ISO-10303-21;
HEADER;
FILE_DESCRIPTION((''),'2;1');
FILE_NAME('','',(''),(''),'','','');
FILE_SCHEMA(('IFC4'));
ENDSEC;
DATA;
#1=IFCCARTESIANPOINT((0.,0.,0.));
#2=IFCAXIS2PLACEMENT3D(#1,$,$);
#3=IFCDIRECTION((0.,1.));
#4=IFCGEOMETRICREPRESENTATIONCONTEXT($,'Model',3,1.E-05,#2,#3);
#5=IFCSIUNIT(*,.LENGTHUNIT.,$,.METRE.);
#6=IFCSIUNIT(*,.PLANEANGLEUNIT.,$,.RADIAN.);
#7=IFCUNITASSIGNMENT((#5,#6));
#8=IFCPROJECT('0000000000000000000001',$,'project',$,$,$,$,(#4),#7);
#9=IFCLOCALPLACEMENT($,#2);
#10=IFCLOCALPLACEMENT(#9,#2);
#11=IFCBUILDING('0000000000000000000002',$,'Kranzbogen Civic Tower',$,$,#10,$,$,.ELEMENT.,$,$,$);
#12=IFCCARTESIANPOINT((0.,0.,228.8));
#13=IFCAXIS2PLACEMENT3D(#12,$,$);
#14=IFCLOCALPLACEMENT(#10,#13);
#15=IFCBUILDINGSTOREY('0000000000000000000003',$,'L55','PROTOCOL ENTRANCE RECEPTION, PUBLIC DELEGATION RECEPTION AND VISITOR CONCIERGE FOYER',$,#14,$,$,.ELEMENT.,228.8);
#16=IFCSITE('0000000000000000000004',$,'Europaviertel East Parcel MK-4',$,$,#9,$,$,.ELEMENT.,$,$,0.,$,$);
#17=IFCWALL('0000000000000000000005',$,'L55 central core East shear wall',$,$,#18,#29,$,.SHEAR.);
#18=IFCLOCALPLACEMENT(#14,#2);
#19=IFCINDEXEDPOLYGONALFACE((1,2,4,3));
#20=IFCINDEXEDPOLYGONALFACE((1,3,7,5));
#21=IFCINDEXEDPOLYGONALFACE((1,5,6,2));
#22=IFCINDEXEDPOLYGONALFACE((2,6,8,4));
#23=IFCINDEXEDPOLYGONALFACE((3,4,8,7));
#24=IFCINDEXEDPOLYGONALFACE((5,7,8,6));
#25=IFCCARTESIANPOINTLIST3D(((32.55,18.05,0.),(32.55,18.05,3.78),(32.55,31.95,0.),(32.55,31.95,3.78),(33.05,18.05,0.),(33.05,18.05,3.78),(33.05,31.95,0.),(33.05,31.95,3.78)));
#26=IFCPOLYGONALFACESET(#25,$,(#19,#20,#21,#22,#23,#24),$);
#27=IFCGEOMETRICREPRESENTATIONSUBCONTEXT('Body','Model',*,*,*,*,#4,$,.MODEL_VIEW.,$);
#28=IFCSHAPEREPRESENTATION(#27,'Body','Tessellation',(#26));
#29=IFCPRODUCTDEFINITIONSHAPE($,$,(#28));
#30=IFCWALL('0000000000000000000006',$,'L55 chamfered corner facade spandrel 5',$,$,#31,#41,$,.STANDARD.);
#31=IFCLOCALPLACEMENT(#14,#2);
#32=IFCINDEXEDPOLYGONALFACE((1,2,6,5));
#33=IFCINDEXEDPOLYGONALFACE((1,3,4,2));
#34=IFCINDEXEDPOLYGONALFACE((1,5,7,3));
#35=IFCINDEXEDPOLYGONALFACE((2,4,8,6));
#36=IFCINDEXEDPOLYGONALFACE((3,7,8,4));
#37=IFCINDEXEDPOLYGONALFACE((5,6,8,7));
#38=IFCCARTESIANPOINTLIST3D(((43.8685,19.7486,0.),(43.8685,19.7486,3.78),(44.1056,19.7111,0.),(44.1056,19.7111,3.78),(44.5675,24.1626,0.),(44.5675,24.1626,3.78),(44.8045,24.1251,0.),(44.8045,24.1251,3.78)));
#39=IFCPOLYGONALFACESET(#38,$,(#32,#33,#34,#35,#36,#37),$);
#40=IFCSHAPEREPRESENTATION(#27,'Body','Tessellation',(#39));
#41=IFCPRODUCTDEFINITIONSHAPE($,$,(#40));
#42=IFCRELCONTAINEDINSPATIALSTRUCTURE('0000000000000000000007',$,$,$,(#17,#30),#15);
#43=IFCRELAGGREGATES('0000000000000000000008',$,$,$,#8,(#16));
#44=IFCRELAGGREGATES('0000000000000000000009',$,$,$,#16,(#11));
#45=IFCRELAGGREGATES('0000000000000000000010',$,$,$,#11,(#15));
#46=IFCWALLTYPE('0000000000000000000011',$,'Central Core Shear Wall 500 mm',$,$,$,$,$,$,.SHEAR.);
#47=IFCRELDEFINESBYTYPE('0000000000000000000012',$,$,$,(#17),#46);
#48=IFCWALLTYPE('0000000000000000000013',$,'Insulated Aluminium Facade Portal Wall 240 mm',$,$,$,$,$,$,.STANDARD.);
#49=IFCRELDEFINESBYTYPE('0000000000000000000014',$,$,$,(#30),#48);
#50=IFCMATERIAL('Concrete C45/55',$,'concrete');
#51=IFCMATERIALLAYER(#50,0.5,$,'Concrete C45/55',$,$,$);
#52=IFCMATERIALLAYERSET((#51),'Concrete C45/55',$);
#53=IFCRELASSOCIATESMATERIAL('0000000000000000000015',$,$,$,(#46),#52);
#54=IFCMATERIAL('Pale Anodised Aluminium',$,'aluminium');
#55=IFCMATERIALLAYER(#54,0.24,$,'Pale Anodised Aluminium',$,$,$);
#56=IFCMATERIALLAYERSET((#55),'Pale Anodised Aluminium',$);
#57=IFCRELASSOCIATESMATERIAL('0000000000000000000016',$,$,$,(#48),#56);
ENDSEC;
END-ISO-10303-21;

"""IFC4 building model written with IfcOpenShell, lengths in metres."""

from ifc_helpers import new_model, si_unit, direction, frame, frame_2d, origin, place, context, subcontext, project, spatial, rectangle, extrude, material, layer, layer_set, type_object, element, save


model = new_model("IFC4")

# Units and contexts
model_context = context("Model", 3, precision=1e-05, world=origin(), true_north=direction((0.0, 1.0)))
body_context = subcontext(model_context, "Body", "Model", "MODEL_VIEW")
ifc_project = project(units=[si_unit("LENGTHUNIT", "METRE"), si_unit("PLANEANGLEUNIT", "RADIAN")], contexts=[model_context])

# Site, building, storey
site_placement = place(None, origin())
site = spatial("IfcSite", under=ifc_project, at=site_placement, Name="Europaviertel East Parcel MK-4", CompositionType="ELEMENT", RefElevation=0.0)
building_placement = place(site_placement, origin())
building = spatial("IfcBuilding", under=site, at=building_placement, Name="Kranzbogen Civic Tower", CompositionType="ELEMENT")
storey_placement = place(building_placement, frame((0.0, 0.0, 228.8)))
storey = spatial("IfcBuildingStorey", under=building, at=storey_placement, Name="L55", Description="PROTOCOL ENTRANCE RECEPTION, PUBLIC DELEGATION RECEPTION AND VISITOR CONCIERGE FOYER", CompositionType="ELEMENT", Elevation=228.8)

# Shared definitions
ifc_material_1 = material(Name="Pale Anodised Aluminium", Category="aluminium")

# Walls
ifc_material_2 = material(Name="Concrete C45/55", Category="concrete")
ifc_layer_1 = layer(ifc_material_2, 0.5, Name="Concrete C45/55")
ifc_layer_set_1 = layer_set([ifc_layer_1], Name="Concrete C45/55")
wall_type_1 = type_object("IfcWallType", Name="Central Core Shear Wall 500 mm", PredefinedType="SHEAR", material=ifc_layer_set_1)
wall_1_placement = place(storey_placement, frame((32.8, 18.05, 0.0), z_axis=(0.0, 0.0, 1.0), x_axis=(0.0, 1.0, 0.0)))
element("IfcWall", 1, at=wall_1_placement, inside=storey, type_object=wall_type_1, Name="L55 central core East shear wall", PredefinedType="SHEAR", context=body_context, shape_type="SweptSolid", body=[
    extrude(rectangle(XDim=13.8999, YDim=0.5, at=frame_2d((6.95, 0.0))), origin(), (0.0, 0.0, 1.0), 3.78),
])
ifc_layer_2 = layer(ifc_material_1, 0.24, Name="Pale Anodised Aluminium")
ifc_layer_set_2 = layer_set([ifc_layer_2], Name="Pale Anodised Aluminium")
wall_type_2 = type_object("IfcWallType", Name="Insulated Aluminium Facade Portal Wall 240 mm", PredefinedType="STANDARD", material=ifc_layer_set_2)
wall_2_placement = place(storey_placement, frame((43.9871, 19.73, 0.0), z_axis=(0.0, 0.0, 1.0), x_axis=(0.156403, 0.987693, 0.0)))
element("IfcWall", 2, at=wall_2_placement, inside=storey, type_object=wall_type_2, Name="L55 chamfered corner facade spandrel 5", PredefinedType="STANDARD", context=body_context, shape_type="SweptSolid", body=[
    extrude(rectangle(XDim=4.469, YDim=0.24, at=frame_2d((2.2344, 0.0))), origin(), (0.0, 0.0, 1.0), 3.78),
])

save(model, "model.ifc")
